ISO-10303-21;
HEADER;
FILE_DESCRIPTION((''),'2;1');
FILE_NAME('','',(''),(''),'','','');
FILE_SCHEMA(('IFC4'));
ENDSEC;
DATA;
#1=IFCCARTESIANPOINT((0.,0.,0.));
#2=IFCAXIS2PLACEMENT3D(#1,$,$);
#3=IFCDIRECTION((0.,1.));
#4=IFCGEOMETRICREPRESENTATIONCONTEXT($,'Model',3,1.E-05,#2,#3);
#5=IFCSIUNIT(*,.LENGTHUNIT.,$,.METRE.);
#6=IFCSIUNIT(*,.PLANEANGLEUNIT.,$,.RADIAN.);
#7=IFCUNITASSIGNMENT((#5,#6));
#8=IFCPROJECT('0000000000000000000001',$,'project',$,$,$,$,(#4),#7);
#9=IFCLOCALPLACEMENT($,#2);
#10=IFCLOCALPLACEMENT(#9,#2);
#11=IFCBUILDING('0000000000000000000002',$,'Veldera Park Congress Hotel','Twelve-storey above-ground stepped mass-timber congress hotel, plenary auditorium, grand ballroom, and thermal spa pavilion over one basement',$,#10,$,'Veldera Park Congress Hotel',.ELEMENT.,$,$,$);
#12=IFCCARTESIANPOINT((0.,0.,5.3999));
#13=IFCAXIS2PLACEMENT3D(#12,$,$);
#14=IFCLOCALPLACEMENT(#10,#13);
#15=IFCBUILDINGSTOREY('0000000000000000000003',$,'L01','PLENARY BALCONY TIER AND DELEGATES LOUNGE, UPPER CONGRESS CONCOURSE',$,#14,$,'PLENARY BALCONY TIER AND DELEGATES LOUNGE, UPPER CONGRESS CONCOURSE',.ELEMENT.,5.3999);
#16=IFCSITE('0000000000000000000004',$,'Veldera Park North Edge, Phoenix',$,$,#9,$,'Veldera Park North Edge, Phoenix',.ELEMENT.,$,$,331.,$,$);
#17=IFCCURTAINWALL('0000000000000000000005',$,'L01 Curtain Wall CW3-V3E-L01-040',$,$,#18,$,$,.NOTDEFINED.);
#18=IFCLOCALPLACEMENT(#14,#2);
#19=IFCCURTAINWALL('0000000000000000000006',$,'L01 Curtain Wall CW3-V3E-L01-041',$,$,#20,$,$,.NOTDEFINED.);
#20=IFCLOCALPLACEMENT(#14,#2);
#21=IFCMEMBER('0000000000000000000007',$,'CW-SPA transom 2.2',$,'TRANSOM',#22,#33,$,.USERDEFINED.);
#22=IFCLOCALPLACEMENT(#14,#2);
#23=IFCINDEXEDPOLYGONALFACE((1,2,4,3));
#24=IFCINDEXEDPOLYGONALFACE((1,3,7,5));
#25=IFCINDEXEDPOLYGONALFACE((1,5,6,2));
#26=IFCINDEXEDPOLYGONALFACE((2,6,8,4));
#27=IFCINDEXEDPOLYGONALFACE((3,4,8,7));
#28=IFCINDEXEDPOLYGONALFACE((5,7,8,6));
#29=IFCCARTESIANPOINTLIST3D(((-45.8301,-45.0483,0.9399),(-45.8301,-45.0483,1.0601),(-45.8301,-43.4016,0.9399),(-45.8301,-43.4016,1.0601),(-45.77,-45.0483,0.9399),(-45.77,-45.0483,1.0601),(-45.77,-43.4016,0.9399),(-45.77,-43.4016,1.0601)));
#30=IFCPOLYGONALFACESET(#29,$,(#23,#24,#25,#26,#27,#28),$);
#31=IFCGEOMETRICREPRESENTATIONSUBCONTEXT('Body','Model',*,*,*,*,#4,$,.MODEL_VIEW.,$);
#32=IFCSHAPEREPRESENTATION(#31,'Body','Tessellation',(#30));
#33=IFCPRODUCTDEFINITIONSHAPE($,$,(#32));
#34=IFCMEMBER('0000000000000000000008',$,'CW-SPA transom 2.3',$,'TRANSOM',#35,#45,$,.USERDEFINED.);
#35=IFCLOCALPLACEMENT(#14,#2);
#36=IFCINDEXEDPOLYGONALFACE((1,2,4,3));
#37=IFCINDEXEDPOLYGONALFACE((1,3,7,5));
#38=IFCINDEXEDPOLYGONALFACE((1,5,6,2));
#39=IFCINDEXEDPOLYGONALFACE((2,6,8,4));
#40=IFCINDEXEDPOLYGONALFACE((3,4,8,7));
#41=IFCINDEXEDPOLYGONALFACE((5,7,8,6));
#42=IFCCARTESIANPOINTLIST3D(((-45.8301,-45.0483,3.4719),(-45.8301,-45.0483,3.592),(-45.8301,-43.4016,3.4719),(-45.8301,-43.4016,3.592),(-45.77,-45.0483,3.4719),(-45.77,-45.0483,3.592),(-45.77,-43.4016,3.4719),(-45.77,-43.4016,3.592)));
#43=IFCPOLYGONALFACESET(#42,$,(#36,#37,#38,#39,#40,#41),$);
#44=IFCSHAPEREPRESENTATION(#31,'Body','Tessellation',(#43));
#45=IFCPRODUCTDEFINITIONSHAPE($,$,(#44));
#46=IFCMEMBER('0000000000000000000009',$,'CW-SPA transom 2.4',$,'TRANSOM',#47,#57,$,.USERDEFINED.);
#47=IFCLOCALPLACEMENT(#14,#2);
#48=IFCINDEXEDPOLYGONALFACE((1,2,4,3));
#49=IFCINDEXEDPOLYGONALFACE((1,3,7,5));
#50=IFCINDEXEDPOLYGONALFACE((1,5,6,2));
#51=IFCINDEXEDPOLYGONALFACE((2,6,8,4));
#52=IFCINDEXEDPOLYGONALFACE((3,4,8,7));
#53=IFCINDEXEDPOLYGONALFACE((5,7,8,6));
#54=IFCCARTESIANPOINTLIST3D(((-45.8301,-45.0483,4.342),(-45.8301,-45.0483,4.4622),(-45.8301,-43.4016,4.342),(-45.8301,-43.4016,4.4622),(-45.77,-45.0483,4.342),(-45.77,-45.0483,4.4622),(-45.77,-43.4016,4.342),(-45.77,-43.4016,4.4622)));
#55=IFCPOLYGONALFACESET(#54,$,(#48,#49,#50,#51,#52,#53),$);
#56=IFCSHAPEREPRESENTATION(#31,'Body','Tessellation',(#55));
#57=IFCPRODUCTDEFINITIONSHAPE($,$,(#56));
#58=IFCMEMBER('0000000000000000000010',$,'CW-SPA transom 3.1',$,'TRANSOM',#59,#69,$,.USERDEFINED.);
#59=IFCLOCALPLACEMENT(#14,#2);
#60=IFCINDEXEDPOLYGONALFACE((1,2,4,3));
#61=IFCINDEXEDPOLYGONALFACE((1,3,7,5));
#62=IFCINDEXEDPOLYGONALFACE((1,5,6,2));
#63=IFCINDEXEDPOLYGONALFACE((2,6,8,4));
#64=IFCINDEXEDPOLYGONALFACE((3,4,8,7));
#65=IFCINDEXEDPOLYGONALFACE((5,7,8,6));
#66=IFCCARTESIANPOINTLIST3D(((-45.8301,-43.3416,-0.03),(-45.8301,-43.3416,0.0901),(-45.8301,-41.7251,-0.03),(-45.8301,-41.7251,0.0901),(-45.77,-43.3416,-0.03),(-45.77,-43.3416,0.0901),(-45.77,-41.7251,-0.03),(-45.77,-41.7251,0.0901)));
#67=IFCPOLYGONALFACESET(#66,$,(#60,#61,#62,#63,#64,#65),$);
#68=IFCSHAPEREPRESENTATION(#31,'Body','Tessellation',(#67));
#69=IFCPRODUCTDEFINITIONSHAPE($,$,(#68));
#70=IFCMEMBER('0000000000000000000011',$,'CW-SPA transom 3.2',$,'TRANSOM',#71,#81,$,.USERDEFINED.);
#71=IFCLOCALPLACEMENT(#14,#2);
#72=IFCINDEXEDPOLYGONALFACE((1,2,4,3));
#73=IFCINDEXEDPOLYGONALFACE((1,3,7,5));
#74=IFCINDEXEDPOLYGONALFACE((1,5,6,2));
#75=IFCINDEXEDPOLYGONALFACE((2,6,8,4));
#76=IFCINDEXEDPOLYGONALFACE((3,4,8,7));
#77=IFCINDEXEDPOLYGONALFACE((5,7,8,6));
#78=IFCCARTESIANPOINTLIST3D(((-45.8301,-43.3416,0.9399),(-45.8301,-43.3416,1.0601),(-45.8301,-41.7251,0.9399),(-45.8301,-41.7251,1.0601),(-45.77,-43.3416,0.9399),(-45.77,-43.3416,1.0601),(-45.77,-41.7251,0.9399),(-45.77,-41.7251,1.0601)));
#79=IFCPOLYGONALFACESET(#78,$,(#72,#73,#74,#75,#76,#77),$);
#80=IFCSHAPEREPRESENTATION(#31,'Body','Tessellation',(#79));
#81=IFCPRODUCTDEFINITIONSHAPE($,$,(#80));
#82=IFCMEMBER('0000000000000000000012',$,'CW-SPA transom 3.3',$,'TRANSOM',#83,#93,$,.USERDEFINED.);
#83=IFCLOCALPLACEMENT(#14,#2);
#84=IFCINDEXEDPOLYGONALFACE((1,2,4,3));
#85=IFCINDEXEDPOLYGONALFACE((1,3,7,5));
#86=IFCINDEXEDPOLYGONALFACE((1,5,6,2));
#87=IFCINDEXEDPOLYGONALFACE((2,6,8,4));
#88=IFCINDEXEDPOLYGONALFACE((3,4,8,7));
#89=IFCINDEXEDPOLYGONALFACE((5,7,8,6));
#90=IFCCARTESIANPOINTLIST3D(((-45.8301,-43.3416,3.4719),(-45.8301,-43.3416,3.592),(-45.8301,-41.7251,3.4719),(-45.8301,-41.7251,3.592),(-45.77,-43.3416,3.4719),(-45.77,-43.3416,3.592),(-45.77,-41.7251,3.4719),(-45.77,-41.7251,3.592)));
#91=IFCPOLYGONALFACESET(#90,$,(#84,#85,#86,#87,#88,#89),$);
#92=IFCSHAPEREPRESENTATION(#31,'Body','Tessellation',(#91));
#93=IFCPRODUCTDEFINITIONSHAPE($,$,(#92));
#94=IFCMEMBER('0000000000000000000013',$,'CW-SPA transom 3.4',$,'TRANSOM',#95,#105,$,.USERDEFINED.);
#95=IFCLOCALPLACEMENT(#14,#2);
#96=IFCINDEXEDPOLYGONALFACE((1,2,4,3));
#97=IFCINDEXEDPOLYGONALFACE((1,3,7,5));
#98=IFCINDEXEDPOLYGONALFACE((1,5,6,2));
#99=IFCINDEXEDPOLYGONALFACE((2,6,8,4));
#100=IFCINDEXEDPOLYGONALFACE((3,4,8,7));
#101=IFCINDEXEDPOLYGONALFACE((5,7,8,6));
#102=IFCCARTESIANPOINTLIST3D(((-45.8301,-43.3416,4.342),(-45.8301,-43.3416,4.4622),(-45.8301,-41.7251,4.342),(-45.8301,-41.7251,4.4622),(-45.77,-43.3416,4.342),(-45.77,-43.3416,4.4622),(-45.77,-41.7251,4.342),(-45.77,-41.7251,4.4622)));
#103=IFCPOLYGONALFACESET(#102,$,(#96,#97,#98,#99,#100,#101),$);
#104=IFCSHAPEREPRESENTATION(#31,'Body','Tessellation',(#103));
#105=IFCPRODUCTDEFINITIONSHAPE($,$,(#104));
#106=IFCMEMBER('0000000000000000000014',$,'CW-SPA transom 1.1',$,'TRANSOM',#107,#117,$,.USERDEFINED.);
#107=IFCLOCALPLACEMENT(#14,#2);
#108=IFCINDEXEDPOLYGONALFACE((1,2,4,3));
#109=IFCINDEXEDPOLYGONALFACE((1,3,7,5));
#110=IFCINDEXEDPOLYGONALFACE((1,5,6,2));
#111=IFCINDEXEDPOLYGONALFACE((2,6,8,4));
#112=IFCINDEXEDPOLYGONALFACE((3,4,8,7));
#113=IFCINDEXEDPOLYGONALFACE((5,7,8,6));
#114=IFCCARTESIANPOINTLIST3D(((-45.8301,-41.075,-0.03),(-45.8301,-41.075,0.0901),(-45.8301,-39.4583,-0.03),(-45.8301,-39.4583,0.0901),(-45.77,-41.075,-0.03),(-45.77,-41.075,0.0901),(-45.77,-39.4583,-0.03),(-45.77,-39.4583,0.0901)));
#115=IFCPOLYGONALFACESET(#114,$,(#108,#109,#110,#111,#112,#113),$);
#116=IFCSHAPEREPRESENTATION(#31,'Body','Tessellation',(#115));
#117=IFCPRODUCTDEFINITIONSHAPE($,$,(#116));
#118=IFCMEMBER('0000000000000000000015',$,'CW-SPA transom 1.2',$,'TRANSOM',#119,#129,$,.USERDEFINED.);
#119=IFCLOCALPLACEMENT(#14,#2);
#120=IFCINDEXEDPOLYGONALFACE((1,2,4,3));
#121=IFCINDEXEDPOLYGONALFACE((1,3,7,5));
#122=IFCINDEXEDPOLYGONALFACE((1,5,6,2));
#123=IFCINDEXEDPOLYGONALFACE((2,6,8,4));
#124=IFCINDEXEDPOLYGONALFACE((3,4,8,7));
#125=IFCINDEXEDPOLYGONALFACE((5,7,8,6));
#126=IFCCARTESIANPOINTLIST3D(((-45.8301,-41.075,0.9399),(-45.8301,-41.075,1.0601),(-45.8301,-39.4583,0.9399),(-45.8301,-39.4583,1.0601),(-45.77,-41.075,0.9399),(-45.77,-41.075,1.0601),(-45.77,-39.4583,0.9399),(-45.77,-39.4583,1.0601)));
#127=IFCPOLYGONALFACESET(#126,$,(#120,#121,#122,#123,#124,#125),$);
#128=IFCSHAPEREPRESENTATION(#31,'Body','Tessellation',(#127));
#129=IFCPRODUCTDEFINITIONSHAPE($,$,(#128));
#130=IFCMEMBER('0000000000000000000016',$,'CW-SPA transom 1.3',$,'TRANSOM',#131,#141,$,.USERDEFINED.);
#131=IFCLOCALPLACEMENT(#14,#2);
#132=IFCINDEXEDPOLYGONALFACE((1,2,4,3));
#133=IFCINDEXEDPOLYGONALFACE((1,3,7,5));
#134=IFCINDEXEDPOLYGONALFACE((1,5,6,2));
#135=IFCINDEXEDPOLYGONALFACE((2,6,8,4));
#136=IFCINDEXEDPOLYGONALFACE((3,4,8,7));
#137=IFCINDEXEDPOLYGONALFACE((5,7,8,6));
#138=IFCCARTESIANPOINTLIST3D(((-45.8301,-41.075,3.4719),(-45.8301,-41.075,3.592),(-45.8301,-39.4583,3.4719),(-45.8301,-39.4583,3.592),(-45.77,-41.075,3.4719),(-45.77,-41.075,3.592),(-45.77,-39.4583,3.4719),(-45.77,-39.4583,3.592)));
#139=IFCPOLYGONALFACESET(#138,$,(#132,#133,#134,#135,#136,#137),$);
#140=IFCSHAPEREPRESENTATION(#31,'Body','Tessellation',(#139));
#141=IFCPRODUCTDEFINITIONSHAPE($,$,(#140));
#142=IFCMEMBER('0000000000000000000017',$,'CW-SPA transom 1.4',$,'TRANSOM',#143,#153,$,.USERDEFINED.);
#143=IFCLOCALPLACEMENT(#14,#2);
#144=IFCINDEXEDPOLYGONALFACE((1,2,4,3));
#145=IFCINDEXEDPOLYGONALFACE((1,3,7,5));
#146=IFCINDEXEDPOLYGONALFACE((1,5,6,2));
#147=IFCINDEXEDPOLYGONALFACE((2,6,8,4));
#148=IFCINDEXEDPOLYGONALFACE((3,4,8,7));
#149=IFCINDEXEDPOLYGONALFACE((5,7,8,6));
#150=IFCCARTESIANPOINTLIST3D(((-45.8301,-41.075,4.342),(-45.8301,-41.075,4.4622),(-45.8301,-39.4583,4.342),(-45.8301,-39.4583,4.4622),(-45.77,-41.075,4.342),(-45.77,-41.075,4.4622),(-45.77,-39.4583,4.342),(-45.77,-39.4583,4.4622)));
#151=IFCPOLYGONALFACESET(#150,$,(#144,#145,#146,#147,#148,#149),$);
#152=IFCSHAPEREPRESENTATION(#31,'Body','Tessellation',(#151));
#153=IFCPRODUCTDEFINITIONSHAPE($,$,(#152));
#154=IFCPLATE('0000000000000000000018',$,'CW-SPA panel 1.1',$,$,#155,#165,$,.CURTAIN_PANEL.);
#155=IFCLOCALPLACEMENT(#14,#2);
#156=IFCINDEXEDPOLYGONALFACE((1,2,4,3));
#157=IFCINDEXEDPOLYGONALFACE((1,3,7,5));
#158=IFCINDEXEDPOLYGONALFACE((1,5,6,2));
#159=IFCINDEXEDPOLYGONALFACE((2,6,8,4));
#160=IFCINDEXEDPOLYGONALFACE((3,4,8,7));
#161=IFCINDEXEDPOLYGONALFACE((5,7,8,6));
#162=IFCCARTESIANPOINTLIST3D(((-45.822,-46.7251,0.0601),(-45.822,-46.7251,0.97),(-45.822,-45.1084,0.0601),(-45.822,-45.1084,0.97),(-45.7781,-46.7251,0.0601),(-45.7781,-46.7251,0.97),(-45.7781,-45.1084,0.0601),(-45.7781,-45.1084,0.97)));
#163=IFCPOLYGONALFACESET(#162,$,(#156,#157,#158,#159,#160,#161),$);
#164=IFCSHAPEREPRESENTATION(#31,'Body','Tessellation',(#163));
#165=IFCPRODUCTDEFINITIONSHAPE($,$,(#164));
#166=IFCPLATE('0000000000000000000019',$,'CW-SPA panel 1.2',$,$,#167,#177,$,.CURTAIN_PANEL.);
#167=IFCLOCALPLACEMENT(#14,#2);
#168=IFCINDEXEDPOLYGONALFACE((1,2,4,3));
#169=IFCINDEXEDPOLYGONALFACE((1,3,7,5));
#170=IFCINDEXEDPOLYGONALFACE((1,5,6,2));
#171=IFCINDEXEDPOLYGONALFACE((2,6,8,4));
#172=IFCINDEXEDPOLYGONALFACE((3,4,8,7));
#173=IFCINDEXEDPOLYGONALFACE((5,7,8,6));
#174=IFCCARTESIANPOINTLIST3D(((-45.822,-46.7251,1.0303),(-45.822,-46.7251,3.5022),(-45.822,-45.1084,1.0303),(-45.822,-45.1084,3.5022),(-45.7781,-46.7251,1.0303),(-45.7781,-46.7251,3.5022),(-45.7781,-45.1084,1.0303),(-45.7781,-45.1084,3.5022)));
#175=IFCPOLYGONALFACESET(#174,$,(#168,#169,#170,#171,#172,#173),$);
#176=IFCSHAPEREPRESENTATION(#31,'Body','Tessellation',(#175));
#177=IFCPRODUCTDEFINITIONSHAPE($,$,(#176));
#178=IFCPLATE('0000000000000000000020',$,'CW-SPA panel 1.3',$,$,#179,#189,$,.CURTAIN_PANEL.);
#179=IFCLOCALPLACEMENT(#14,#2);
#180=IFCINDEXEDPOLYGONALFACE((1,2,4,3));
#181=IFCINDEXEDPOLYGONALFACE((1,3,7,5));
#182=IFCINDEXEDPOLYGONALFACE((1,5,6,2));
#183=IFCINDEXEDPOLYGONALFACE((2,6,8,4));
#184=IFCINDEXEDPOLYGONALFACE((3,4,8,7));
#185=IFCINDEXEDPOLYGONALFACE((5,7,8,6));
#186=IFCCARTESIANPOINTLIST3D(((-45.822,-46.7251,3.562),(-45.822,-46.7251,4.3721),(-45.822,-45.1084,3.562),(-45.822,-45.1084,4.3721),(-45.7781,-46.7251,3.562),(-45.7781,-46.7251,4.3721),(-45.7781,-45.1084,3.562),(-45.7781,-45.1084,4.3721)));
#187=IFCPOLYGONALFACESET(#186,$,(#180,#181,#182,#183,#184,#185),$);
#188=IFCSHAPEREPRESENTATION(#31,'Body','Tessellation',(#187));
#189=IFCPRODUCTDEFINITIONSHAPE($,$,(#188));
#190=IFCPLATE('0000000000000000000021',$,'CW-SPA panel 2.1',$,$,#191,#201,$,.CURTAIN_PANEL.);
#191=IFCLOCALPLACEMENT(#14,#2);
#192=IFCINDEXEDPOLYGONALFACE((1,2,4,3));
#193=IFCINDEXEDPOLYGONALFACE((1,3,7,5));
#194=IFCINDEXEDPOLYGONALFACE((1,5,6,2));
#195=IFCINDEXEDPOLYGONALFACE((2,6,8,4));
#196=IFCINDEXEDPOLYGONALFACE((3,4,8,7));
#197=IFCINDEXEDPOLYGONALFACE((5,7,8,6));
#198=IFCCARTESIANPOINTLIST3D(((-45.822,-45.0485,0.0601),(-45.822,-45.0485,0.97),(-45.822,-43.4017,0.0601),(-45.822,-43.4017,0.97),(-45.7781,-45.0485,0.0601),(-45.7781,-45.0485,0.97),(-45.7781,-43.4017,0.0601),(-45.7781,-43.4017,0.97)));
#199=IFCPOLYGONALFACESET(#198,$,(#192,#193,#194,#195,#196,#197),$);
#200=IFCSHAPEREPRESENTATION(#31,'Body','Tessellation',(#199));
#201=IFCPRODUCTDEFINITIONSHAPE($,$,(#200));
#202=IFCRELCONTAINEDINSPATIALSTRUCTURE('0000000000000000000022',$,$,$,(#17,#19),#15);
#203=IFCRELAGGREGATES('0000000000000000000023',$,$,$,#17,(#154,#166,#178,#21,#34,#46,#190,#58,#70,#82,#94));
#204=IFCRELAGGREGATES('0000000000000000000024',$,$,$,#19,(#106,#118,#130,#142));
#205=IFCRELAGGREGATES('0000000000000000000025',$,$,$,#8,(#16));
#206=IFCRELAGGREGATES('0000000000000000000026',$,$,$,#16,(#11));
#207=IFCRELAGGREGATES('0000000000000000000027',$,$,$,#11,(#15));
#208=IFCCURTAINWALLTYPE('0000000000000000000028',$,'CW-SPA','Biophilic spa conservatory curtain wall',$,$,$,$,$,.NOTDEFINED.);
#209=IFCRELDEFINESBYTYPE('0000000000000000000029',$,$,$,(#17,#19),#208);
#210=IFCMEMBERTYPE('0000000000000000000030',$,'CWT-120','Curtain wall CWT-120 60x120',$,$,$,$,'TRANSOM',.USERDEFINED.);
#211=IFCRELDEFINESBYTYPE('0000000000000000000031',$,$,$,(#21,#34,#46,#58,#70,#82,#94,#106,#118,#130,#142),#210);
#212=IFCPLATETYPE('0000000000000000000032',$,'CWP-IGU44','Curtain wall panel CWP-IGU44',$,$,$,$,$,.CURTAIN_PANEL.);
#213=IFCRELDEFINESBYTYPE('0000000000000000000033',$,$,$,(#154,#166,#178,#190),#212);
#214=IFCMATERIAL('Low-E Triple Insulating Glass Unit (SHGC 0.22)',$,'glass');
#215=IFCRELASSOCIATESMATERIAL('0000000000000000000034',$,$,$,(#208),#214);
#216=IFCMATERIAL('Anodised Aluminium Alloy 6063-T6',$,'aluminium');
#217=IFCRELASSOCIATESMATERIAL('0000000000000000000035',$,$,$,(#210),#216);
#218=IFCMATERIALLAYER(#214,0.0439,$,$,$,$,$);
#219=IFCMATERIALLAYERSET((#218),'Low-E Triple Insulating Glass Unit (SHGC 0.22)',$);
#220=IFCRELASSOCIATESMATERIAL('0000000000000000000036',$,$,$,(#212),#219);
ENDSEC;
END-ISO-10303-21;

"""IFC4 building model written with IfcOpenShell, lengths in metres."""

from ifc_helpers import new_model, si_unit, direction, frame, origin, origin_2d, place, context, subcontext, project, spatial, rectangle, extrude, material, layer, layer_set, material_profile, profile_set, type_object, element, aggregate, save


model = new_model("IFC4")

# Units and contexts
model_context = context("Model", 3, precision=1e-05, world=origin(), true_north=direction((0.0, 1.0)))
body_context = subcontext(model_context, "Body", "Model", "MODEL_VIEW")
ifc_project = project(units=[si_unit("LENGTHUNIT", "METRE"), si_unit("PLANEANGLEUNIT", "RADIAN")], contexts=[model_context])

# Site, building, storey
site_placement = place(None, origin())
site = spatial("IfcSite", under=ifc_project, at=site_placement, Name="Veldera Park North Edge, Phoenix", LongName="Veldera Park North Edge, Phoenix", CompositionType="ELEMENT", RefElevation=331.0)
building_placement = place(site_placement, origin())
building = spatial("IfcBuilding", under=site, at=building_placement, Name="Veldera Park Congress Hotel", Description="Twelve-storey above-ground stepped mass-timber congress hotel, plenary auditorium, grand ballroom, and thermal spa pavilion over one basement", LongName="Veldera Park Congress Hotel", CompositionType="ELEMENT")
storey_placement = place(building_placement, frame((0.0, 0.0, 5.3999)))
storey = spatial("IfcBuildingStorey", under=building, at=storey_placement, Name="L01", Description="PLENARY BALCONY TIER AND DELEGATES LOUNGE, UPPER CONGRESS CONCOURSE", LongName="PLENARY BALCONY TIER AND DELEGATES LOUNGE, UPPER CONGRESS CONCOURSE", CompositionType="ELEMENT", Elevation=5.3999)

# Shared definitions
ifc_material_1 = material(Name="Low-E Triple Insulating Glass Unit (SHGC 0.22)", Category="glass")
curtain_wall_type = type_object("IfcCurtainWallType", Name="CW-SPA", Description="Biophilic spa conservatory curtain wall", PredefinedType="NOTDEFINED", material=ifc_material_1)
ifc_material_2 = material(Name="Anodised Aluminium Alloy 6063-T6", Category="aluminium")

# Curtain wall
curtain_wall_1_placement = place(storey_placement, origin())
curtain_wall_1 = element("IfcCurtainWall", 1, at=curtain_wall_1_placement, inside=storey, type_object=curtain_wall_type, Name="L01 Curtain Wall CW3-V3E-L01-040", PredefinedType="NOTDEFINED")

# Curtain wall
curtain_wall_2_placement = place(storey_placement, origin())
curtain_wall_2 = element("IfcCurtainWall", 2, at=curtain_wall_2_placement, inside=storey, type_object=curtain_wall_type, Name="L01 Curtain Wall CW3-V3E-L01-041", PredefinedType="NOTDEFINED")

# Members
ifc_material_profile_1 = material_profile(ifc_material_2, rectangle(XDim=0.0601, YDim=0.1201, at=origin_2d()), Name="ALU 60x120")
ifc_profile_set_1 = profile_set([ifc_material_profile_1], Name="Anodised Aluminium Alloy 6063-T6")
member_type_1 = type_object("IfcMemberType", Name="CWT-120", Description="Curtain wall CWT-120 60x120", ElementType="TRANSOM", PredefinedType="USERDEFINED", material=ifc_profile_set_1)
member_1_placement = place(storey_placement, frame((-45.8, -45.0483, 1.0), z_axis=(0.0, 1.0, 0.0), x_axis=(-1.0, 0.0, 0.0)))
member_1 = element("IfcMember", 3, at=member_1_placement, type_object=member_type_1, Name="CW-SPA transom 2.2", ObjectType="TRANSOM", PredefinedType="USERDEFINED", context=body_context, shape_type="SweptSolid", body=[
    extrude(rectangle(XDim=0.0601, YDim=0.1201, at=origin_2d()), origin(), (0.0, 0.0, 1.0), 1.6467),
])
member_2_placement = place(storey_placement, frame((-45.8, -45.0483, 3.532), z_axis=(0.0, 1.0, 0.0), x_axis=(-1.0, 0.0, 0.0)))
member_2 = element("IfcMember", 4, at=member_2_placement, type_object=member_type_1, Name="CW-SPA transom 2.3", ObjectType="TRANSOM", PredefinedType="USERDEFINED", context=body_context, shape_type="SweptSolid", body=[
    extrude(rectangle(XDim=0.0601, YDim=0.1201, at=origin_2d()), origin(), (0.0, 0.0, 1.0), 1.6467),
])
member_3_placement = place(storey_placement, frame((-45.8, -45.0483, 4.4021), z_axis=(0.0, 1.0, 0.0), x_axis=(-1.0, 0.0, 0.0)))
member_3 = element("IfcMember", 5, at=member_3_placement, type_object=member_type_1, Name="CW-SPA transom 2.4", ObjectType="TRANSOM", PredefinedType="USERDEFINED", context=body_context, shape_type="SweptSolid", body=[
    extrude(rectangle(XDim=0.0601, YDim=0.1201, at=origin_2d()), origin(), (0.0, 0.0, 1.0), 1.6467),
])
member_4_placement = place(storey_placement, frame((-45.8, -43.3416, 0.03), z_axis=(0.0, 1.0, 0.0), x_axis=(-1.0, 0.0, 0.0)))
member_4 = element("IfcMember", 6, at=member_4_placement, type_object=member_type_1, Name="CW-SPA transom 3.1", ObjectType="TRANSOM", PredefinedType="USERDEFINED", context=body_context, shape_type="SweptSolid", body=[
    extrude(rectangle(XDim=0.0601, YDim=0.1201, at=origin_2d()), origin(), (0.0, 0.0, 1.0), 1.6165),
])
member_5_placement = place(storey_placement, frame((-45.8, -43.3416, 1.0), z_axis=(0.0, 1.0, 0.0), x_axis=(-1.0, 0.0, 0.0)))
member_5 = element("IfcMember", 7, at=member_5_placement, type_object=member_type_1, Name="CW-SPA transom 3.2", ObjectType="TRANSOM", PredefinedType="USERDEFINED", context=body_context, shape_type="SweptSolid", body=[
    extrude(rectangle(XDim=0.0601, YDim=0.1201, at=origin_2d()), origin(), (0.0, 0.0, 1.0), 1.6165),
])
member_6_placement = place(storey_placement, frame((-45.8, -43.3416, 3.532), z_axis=(0.0, 1.0, 0.0), x_axis=(-1.0, 0.0, 0.0)))
member_6 = element("IfcMember", 8, at=member_6_placement, type_object=member_type_1, Name="CW-SPA transom 3.3", ObjectType="TRANSOM", PredefinedType="USERDEFINED", context=body_context, shape_type="SweptSolid", body=[
    extrude(rectangle(XDim=0.0601, YDim=0.1201, at=origin_2d()), origin(), (0.0, 0.0, 1.0), 1.6165),
])
member_7_placement = place(storey_placement, frame((-45.8, -43.3416, 4.4021), z_axis=(0.0, 1.0, 0.0), x_axis=(-1.0, 0.0, 0.0)))
member_7 = element("IfcMember", 9, at=member_7_placement, type_object=member_type_1, Name="CW-SPA transom 3.4", ObjectType="TRANSOM", PredefinedType="USERDEFINED", context=body_context, shape_type="SweptSolid", body=[
    extrude(rectangle(XDim=0.0601, YDim=0.1201, at=origin_2d()), origin(), (0.0, 0.0, 1.0), 1.6165),
])
member_8_placement = place(storey_placement, frame((-45.8, -41.075, 0.03), z_axis=(0.0, 1.0, 0.0), x_axis=(-1.0, 0.0, 0.0)))
member_8 = element("IfcMember", 10, at=member_8_placement, type_object=member_type_1, Name="CW-SPA transom 1.1", ObjectType="TRANSOM", PredefinedType="USERDEFINED", context=body_context, shape_type="SweptSolid", body=[
    extrude(rectangle(XDim=0.0601, YDim=0.1201, at=origin_2d()), origin(), (0.0, 0.0, 1.0), 1.6167),
])
member_9_placement = place(storey_placement, frame((-45.8, -41.075, 1.0), z_axis=(0.0, 1.0, 0.0), x_axis=(-1.0, 0.0, 0.0)))
member_9 = element("IfcMember", 11, at=member_9_placement, type_object=member_type_1, Name="CW-SPA transom 1.2", ObjectType="TRANSOM", PredefinedType="USERDEFINED", context=body_context, shape_type="SweptSolid", body=[
    extrude(rectangle(XDim=0.0601, YDim=0.1201, at=origin_2d()), origin(), (0.0, 0.0, 1.0), 1.6167),
])
member_10_placement = place(storey_placement, frame((-45.8, -41.075, 3.532), z_axis=(0.0, 1.0, 0.0), x_axis=(-1.0, 0.0, 0.0)))
member_10 = element("IfcMember", 12, at=member_10_placement, type_object=member_type_1, Name="CW-SPA transom 1.3", ObjectType="TRANSOM", PredefinedType="USERDEFINED", context=body_context, shape_type="SweptSolid", body=[
    extrude(rectangle(XDim=0.0601, YDim=0.1201, at=origin_2d()), origin(), (0.0, 0.0, 1.0), 1.6167),
])
member_11_placement = place(storey_placement, frame((-45.8, -41.075, 4.4021), z_axis=(0.0, 1.0, 0.0), x_axis=(-1.0, 0.0, 0.0)))
member_11 = element("IfcMember", 13, at=member_11_placement, type_object=member_type_1, Name="CW-SPA transom 1.4", ObjectType="TRANSOM", PredefinedType="USERDEFINED", context=body_context, shape_type="SweptSolid", body=[
    extrude(rectangle(XDim=0.0601, YDim=0.1201, at=origin_2d()), origin(), (0.0, 0.0, 1.0), 1.6167),
])

# Plates
ifc_layer_1 = layer(ifc_material_1, 0.0439)
ifc_layer_set_1 = layer_set([ifc_layer_1], Name="Low-E Triple Insulating Glass Unit (SHGC 0.22)")
plate_type = type_object("IfcPlateType", Name="CWP-IGU44", Description="Curtain wall panel CWP-IGU44", PredefinedType="CURTAIN_PANEL", material=ifc_layer_set_1)
plate_1_placement = place(storey_placement, frame((-45.8, -45.9167, 0.0601), z_axis=(0.0, 0.0, 1.0), x_axis=(0.0, 1.0, 0.0)))
plate_1 = element("IfcPlate", 14, at=plate_1_placement, type_object=plate_type, Name="CW-SPA panel 1.1", PredefinedType="CURTAIN_PANEL", context=body_context, shape_type="SweptSolid", body=[
    extrude(rectangle(XDim=1.6167, YDim=0.0439, at=origin_2d()), origin(), (0.0, 0.0, 1.0), 0.9099),
])
plate_2_placement = place(storey_placement, frame((-45.8, -45.9167, 1.0303), z_axis=(0.0, 0.0, 1.0), x_axis=(0.0, 1.0, 0.0)))
plate_2 = element("IfcPlate", 15, at=plate_2_placement, type_object=plate_type, Name="CW-SPA panel 1.2", PredefinedType="CURTAIN_PANEL", context=body_context, shape_type="SweptSolid", body=[
    extrude(rectangle(XDim=1.6167, YDim=0.0439, at=origin_2d()), origin(), (0.0, 0.0, 1.0), 2.4719),
])
plate_3_placement = place(storey_placement, frame((-45.8, -45.9167, 3.562), z_axis=(0.0, 0.0, 1.0), x_axis=(0.0, 1.0, 0.0)))
plate_3 = element("IfcPlate", 16, at=plate_3_placement, type_object=plate_type, Name="CW-SPA panel 1.3", PredefinedType="CURTAIN_PANEL", context=body_context, shape_type="SweptSolid", body=[
    extrude(rectangle(XDim=1.6167, YDim=0.0439, at=origin_2d()), origin(), (0.0, 0.0, 1.0), 0.8101),
])
plate_4_placement = place(storey_placement, frame((-45.8, -44.2251, 0.0601), z_axis=(0.0, 0.0, 1.0), x_axis=(0.0, 1.0, 0.0)))
plate_4 = element("IfcPlate", 17, at=plate_4_placement, type_object=plate_type, Name="CW-SPA panel 2.1", PredefinedType="CURTAIN_PANEL", context=body_context, shape_type="SweptSolid", body=[
    extrude(rectangle(XDim=1.6467, YDim=0.0439, at=origin_2d()), origin(), (0.0, 0.0, 1.0), 0.9099),
])
aggregate(curtain_wall_1, [plate_1, plate_2, plate_3, member_1, member_2, member_3, plate_4, member_4, member_5, member_6, member_7])
aggregate(curtain_wall_2, [member_8, member_9, member_10, member_11])

save(model, "model.ifc")
